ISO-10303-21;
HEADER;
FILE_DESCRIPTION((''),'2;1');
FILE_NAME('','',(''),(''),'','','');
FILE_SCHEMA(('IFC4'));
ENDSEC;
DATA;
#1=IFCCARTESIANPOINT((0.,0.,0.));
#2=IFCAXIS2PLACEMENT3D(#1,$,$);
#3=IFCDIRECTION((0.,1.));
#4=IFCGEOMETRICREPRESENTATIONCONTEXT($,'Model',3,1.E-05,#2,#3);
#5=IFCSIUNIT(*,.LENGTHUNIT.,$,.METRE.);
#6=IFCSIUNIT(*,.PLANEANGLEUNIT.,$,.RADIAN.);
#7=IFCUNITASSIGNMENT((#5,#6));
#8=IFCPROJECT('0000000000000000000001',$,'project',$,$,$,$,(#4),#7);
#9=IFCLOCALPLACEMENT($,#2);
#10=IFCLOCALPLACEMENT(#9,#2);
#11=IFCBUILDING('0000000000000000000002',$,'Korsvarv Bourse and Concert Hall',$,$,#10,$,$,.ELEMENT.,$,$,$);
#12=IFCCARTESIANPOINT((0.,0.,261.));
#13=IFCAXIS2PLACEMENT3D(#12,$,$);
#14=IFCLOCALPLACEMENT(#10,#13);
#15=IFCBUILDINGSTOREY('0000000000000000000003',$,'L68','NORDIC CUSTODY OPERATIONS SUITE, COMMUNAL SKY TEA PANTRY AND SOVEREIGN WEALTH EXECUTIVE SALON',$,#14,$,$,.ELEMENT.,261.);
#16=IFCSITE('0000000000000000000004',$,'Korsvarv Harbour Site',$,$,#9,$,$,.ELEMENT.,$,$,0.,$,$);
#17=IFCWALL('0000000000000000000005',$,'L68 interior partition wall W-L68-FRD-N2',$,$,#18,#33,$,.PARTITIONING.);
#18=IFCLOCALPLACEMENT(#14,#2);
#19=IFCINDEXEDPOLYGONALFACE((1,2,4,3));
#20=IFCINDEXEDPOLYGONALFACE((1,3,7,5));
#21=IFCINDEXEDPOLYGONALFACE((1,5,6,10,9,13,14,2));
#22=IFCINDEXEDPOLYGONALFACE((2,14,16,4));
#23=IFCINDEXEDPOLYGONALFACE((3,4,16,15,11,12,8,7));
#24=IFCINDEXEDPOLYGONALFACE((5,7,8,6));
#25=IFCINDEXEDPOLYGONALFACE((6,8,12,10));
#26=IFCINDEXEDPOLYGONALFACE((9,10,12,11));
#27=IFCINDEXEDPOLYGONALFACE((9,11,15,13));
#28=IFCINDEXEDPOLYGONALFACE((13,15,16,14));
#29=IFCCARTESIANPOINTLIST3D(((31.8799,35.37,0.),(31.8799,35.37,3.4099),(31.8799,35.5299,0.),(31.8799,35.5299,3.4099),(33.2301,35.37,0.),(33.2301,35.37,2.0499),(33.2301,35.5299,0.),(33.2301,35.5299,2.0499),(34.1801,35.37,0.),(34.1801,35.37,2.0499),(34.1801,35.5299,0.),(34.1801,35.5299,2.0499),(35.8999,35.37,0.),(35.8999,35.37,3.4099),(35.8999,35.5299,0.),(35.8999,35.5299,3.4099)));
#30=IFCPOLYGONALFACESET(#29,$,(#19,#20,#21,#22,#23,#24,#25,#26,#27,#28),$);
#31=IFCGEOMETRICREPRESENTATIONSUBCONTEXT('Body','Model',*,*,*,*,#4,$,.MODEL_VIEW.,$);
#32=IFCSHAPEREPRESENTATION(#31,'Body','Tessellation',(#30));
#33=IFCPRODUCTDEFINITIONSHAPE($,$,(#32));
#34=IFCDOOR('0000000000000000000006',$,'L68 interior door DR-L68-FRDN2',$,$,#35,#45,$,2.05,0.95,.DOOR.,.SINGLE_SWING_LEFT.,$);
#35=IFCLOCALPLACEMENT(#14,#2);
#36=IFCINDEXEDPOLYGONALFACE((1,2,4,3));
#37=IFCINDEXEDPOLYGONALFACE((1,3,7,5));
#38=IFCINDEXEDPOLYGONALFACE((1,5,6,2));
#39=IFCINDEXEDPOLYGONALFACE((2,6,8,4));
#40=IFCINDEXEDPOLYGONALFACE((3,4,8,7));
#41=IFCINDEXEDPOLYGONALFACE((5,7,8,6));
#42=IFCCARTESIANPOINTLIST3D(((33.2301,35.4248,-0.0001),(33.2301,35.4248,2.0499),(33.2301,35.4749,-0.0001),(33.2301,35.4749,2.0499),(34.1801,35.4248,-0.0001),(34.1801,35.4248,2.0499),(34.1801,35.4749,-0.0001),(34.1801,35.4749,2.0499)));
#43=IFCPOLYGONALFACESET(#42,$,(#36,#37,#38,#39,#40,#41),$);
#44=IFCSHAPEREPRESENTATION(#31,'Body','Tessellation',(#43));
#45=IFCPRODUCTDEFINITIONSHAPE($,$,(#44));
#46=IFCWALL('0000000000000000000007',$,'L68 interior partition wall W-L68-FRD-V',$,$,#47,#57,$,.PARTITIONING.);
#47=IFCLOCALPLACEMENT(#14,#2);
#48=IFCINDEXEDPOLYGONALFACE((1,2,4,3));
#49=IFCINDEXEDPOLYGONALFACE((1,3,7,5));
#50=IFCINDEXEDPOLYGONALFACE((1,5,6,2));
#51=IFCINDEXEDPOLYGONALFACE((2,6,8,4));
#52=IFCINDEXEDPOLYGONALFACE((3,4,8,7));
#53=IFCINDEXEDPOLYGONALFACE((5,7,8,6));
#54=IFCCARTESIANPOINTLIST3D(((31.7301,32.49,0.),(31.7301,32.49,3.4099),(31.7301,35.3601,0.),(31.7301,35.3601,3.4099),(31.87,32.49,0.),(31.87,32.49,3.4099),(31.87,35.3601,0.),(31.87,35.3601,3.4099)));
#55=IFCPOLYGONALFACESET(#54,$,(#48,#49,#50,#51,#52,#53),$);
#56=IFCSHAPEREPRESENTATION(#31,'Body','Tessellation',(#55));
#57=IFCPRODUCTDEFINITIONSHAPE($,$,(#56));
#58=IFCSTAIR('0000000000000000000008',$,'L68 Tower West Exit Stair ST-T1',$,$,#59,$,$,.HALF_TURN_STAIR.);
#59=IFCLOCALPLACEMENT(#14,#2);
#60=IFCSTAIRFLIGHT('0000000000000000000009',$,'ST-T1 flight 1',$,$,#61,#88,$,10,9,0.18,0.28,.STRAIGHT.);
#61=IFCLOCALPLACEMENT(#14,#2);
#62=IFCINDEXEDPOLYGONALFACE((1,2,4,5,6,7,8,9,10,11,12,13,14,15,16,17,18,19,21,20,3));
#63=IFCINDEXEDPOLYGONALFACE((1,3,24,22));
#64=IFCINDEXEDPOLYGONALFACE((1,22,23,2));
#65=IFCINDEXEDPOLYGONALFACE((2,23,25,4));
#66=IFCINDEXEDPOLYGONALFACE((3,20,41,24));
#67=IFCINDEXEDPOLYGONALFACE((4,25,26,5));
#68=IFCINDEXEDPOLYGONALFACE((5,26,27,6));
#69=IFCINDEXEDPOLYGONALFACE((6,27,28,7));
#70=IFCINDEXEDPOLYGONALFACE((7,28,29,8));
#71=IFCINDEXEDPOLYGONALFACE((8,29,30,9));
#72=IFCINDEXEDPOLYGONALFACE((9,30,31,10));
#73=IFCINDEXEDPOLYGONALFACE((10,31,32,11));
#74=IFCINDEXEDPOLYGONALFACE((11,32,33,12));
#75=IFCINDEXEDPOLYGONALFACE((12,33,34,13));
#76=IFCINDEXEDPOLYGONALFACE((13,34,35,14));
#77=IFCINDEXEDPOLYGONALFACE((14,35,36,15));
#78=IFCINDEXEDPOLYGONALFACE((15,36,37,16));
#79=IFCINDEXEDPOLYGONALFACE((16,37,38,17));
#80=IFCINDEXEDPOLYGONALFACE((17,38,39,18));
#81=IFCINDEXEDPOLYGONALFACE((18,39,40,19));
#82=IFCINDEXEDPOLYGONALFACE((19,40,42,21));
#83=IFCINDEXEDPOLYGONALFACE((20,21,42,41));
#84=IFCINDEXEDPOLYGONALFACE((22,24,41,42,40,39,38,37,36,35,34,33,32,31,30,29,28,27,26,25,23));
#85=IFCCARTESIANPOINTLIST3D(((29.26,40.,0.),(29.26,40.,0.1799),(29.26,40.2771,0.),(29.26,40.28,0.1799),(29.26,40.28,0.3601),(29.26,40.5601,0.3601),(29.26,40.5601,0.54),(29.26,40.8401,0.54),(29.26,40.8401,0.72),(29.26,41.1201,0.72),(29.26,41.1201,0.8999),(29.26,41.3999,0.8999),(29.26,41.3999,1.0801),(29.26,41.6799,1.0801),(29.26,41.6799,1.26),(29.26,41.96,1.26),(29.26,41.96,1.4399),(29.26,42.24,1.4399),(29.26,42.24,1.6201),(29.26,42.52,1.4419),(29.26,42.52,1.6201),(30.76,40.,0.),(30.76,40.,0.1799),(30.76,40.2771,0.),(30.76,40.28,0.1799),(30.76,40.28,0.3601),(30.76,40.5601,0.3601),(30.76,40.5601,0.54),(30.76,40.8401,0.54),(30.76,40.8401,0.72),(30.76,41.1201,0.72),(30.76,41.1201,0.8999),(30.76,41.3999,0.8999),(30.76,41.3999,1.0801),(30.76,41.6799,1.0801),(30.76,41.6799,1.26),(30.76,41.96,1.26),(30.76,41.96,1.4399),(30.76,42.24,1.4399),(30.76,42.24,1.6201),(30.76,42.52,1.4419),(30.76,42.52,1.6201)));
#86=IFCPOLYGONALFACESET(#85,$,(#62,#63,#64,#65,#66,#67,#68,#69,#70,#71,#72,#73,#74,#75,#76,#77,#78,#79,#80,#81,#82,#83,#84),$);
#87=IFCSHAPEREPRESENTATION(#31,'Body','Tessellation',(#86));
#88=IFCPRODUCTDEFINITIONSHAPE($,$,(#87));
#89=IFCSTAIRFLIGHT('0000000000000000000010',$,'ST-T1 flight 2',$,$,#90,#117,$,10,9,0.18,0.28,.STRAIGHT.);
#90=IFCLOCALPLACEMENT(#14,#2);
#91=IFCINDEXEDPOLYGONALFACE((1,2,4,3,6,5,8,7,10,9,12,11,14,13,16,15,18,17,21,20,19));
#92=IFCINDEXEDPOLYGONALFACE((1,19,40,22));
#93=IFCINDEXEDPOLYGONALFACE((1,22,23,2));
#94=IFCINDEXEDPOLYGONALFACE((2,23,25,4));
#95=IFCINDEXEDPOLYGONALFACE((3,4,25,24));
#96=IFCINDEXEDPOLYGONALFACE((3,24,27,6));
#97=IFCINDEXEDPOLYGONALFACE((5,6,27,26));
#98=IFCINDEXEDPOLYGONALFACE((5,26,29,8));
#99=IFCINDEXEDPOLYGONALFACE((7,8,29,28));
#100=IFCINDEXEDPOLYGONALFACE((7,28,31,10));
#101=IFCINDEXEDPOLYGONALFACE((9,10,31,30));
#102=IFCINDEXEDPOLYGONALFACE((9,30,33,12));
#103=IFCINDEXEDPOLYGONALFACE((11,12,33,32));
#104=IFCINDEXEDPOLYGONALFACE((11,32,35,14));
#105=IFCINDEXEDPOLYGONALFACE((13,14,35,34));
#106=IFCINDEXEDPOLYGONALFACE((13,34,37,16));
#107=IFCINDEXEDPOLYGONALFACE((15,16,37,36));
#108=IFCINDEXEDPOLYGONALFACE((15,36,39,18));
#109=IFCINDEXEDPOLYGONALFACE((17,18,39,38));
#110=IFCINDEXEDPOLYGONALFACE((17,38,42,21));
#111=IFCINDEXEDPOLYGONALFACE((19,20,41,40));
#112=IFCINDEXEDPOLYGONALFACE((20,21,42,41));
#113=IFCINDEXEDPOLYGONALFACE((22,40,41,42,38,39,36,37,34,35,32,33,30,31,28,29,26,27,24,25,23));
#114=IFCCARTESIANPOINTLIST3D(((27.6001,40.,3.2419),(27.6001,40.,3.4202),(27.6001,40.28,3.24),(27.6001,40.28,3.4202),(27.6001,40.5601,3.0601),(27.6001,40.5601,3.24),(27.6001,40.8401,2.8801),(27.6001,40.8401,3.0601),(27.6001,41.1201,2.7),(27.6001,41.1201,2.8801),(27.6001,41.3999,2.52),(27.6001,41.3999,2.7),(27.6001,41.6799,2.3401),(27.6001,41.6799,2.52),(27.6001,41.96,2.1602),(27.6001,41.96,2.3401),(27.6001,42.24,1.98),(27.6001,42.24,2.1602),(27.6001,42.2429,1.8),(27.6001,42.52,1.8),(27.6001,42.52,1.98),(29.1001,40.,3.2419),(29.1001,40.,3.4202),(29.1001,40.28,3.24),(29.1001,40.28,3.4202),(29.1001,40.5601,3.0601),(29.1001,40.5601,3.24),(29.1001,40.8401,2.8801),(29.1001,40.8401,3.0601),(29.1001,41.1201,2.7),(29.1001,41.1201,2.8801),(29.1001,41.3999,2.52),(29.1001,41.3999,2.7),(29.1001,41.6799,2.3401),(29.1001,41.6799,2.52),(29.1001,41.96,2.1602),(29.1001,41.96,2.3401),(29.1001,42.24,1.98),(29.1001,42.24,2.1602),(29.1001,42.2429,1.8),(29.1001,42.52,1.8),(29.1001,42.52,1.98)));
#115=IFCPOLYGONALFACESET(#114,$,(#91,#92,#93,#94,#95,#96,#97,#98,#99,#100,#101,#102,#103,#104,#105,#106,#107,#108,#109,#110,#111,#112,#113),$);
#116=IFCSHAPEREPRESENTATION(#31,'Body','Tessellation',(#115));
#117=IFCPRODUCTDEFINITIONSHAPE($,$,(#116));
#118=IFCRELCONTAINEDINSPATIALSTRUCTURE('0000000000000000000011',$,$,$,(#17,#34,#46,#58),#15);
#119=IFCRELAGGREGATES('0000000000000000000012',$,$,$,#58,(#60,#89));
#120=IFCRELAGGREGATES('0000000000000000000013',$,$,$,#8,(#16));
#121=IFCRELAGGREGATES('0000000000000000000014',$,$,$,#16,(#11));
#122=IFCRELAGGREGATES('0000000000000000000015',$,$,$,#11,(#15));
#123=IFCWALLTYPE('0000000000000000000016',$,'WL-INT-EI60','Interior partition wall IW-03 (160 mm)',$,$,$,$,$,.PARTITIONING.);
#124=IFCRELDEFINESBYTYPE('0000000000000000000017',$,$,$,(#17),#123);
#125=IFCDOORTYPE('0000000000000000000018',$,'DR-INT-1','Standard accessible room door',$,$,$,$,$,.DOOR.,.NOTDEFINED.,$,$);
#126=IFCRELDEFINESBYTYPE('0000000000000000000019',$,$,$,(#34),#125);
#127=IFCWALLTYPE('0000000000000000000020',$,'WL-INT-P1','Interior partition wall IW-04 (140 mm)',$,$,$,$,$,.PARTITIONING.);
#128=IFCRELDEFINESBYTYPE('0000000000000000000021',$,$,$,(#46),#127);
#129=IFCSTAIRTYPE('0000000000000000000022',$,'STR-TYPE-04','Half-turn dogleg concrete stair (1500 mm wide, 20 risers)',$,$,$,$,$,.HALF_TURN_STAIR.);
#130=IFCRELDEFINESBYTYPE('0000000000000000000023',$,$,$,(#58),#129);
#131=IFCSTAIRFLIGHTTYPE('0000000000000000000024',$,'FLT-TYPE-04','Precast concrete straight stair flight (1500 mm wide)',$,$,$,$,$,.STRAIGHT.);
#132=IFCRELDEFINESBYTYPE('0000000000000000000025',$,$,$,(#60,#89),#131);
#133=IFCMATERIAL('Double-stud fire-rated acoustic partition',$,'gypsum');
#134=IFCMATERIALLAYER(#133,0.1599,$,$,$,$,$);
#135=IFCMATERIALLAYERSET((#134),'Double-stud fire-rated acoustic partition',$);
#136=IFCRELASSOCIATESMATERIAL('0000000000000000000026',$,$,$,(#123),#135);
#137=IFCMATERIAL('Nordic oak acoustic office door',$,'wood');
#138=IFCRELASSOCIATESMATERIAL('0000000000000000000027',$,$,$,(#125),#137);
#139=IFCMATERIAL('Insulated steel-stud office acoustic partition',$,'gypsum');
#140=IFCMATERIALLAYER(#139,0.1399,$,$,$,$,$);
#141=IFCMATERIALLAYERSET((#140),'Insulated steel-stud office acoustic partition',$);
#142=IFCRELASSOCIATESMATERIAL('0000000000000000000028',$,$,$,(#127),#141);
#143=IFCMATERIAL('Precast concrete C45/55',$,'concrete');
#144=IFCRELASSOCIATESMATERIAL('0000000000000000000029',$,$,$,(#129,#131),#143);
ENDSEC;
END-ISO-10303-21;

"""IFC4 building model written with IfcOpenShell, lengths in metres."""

from ifc_helpers import new_model, si_unit, direction, frame, frame_2d, origin, place, context, subcontext, project, spatial, polyline, rectangle, outline, extrude, material, layer, layer_set, type_object, element, fill, aggregate, save


model = new_model("IFC4")

# Units and contexts
model_context = context("Model", 3, precision=1e-05, world=origin(), true_north=direction((0.0, 1.0)))
body_context = subcontext(model_context, "Body", "Model", "MODEL_VIEW")
ifc_project = project(units=[si_unit("LENGTHUNIT", "METRE"), si_unit("PLANEANGLEUNIT", "RADIAN")], contexts=[model_context])

# Site, building, storey
site_placement = place(None, origin())
site = spatial("IfcSite", under=ifc_project, at=site_placement, Name="Korsvarv Harbour Site", CompositionType="ELEMENT", RefElevation=0.0)
building_placement = place(site_placement, origin())
building = spatial("IfcBuilding", under=site, at=building_placement, Name="Korsvarv Bourse and Concert Hall", CompositionType="ELEMENT")
storey_placement = place(building_placement, frame((0.0, 0.0, 261.0)))
storey = spatial("IfcBuildingStorey", under=building, at=storey_placement, Name="L68", Description="NORDIC CUSTODY OPERATIONS SUITE, COMMUNAL SKY TEA PANTRY AND SOVEREIGN WEALTH EXECUTIVE SALON", CompositionType="ELEMENT", Elevation=261.0)

# Shared definitions
ifc_material_1 = material(Name="Double-stud fire-rated acoustic partition", Category="gypsum")
ifc_layer_1 = layer(ifc_material_1, 0.1599)
ifc_layer_set_1 = layer_set([ifc_layer_1], Name="Double-stud fire-rated acoustic partition")
wall_type_1 = type_object("IfcWallType", Name="WL-INT-EI60", Description="Interior partition wall IW-03 (160 mm)", PredefinedType="PARTITIONING", material=ifc_layer_set_1)

# Wall, opening, door
wall_1_placement = place(storey_placement, frame((31.8799, 35.45, 0.0), z_axis=(0.0, 0.0, 1.0), x_axis=(1.0, 0.0, 0.0)))
wall_1 = element("IfcWall", 1, at=wall_1_placement, inside=storey, type_object=wall_type_1, Name="L68 interior partition wall W-L68-FRD-N2", PredefinedType="PARTITIONING", context=body_context, shape_type="SweptSolid", body=[
    extrude(rectangle(XDim=4.02, YDim=0.1599, at=frame_2d((2.01, 0.0))), origin(), (0.0, 0.0, 1.0), 3.4099),
])
opening_1_placement = place(wall_1_placement, frame((1.3501, 0.0, 0.0)))
opening_1 = element("IfcOpeningElement", 2, at=opening_1_placement, cuts=wall_1, PredefinedType="OPENING", context=body_context, shape_type="SweptSolid", body=[
    extrude(rectangle(XDim=0.95, YDim=2.05, at=frame_2d((0.4751, 1.0249))), frame((0.0, 0.0898, 0.0), z_axis=(0.0, -1.0, 0.0), x_axis=(1.0, 0.0, 0.0)), (0.0, 0.0, 1.0), 0.1799),
])
ifc_material_2 = material(Name="Nordic oak acoustic office door", Category="wood")
door_type_1 = type_object("IfcDoorType", Name="DR-INT-1", Description="Standard accessible room door", OperationType="NOTDEFINED", PredefinedType="DOOR", material=ifc_material_2)
door_1_placement = place(opening_1_placement, origin())
door_1 = element("IfcDoor", 3, at=door_1_placement, inside=storey, type_object=door_type_1, Name="L68 interior door DR-L68-FRDN2", OperationType="SINGLE_SWING_LEFT", OverallHeight=2.05, OverallWidth=0.95, PredefinedType="DOOR", context=body_context, shape_type="SweptSolid", body=[
    extrude(rectangle(XDim=0.95, YDim=2.05, at=frame_2d((0.4751, 1.0249))), frame((0.0, 0.0249, 0.0), z_axis=(0.0, -1.0, 0.0), x_axis=(1.0, 0.0, 0.0)), (0.0, 0.0, 1.0), 0.05),
])
fill(opening_1, door_1)

# Wall
ifc_material_3 = material(Name="Insulated steel-stud office acoustic partition", Category="gypsum")
ifc_layer_2 = layer(ifc_material_3, 0.1399)
ifc_layer_set_2 = layer_set([ifc_layer_2], Name="Insulated steel-stud office acoustic partition")
wall_type_2 = type_object("IfcWallType", Name="WL-INT-P1", Description="Interior partition wall IW-04 (140 mm)", PredefinedType="PARTITIONING", material=ifc_layer_set_2)
wall_2_placement = place(storey_placement, frame((31.8, 32.49, 0.0), z_axis=(0.0, 0.0, 1.0), x_axis=(0.0, 1.0, 0.0)))
element("IfcWall", 4, at=wall_2_placement, inside=storey, type_object=wall_type_2, Name="L68 interior partition wall W-L68-FRD-V", PredefinedType="PARTITIONING", context=body_context, shape_type="SweptSolid", body=[
    extrude(rectangle(XDim=2.8701, YDim=0.1399, at=frame_2d((1.4351, 0.0))), origin(), (0.0, 0.0, 1.0), 3.4099),
])

# Stair, stair flights
ifc_material_4 = material(Name="Precast concrete C45/55", Category="concrete")
stair_type = type_object("IfcStairType", Name="STR-TYPE-04", Description="Half-turn dogleg concrete stair (1500 mm wide, 20 risers)", PredefinedType="HALF_TURN_STAIR", material=ifc_material_4)
stair_placement = place(storey_placement, origin())
stair = element("IfcStair", 5, at=stair_placement, inside=storey, type_object=stair_type, Name="L68 Tower West Exit Stair ST-T1", PredefinedType="HALF_TURN_STAIR")
stair_flight_type = type_object("IfcStairFlightType", Name="FLT-TYPE-04", Description="Precast concrete straight stair flight (1500 mm wide)", PredefinedType="STRAIGHT", material=ifc_material_4)
stair_flight_1_placement = place(storey_placement, frame((30.01, 40.0, 0.0), z_axis=(0.0, 0.0, 1.0), x_axis=(0.0, 1.0, 0.0)))
stair_flight_1 = element("IfcStairFlight", 6, at=stair_flight_1_placement, type_object=stair_flight_type, Name="ST-T1 flight 1", NumberOfRisers=10, NumberOfTreads=9, PredefinedType="STRAIGHT", RiserHeight=0.18, TreadLength=0.28, context=body_context, shape_type="SweptSolid", body=[
    extrude(outline(polyline([(0.0, 0.0), (0.0, 0.1799), (0.28, 0.1799), (0.28, 0.3601), (0.5601, 0.3601), (0.5601, 0.54), (0.8401, 0.54), (0.8401, 0.72), (1.1201, 0.72), (1.1201, 0.8999), (1.3999, 0.8999), (1.3999, 1.0801), (1.6799, 1.0801), (1.6799, 1.26), (1.96, 1.26), (1.96, 1.4399), (2.24, 1.4399), (2.24, 1.6201), (2.52, 1.6201), (2.52, 1.8), (2.52, 1.4419), (0.2771, 0.0), (0.0, 0.0)])), frame((0.0, 0.75, 0.0), z_axis=(0.0, -1.0, 0.0), x_axis=(1.0, 0.0, 0.0)), (0.0, 0.0, 1.0), 1.5),
])
stair_flight_2_placement = place(storey_placement, frame((28.3501, 42.52, 1.8), z_axis=(0.0, 0.0, 1.0), x_axis=(0.0, -1.0, 0.0)))
stair_flight_2 = element("IfcStairFlight", 7, at=stair_flight_2_placement, type_object=stair_flight_type, Name="ST-T1 flight 2", NumberOfRisers=10, NumberOfTreads=9, PredefinedType="STRAIGHT", RiserHeight=0.18, TreadLength=0.28, context=body_context, shape_type="SweptSolid", body=[
    extrude(outline(polyline([(0.0, 0.0), (0.0, 0.1799), (0.28, 0.1799), (0.28, 0.3601), (0.5601, 0.3601), (0.5601, 0.54), (0.8401, 0.54), (0.8401, 0.72), (1.1201, 0.72), (1.1201, 0.8999), (1.3999, 0.8999), (1.3999, 1.0801), (1.6799, 1.0801), (1.6799, 1.26), (1.96, 1.26), (1.96, 1.4399), (2.24, 1.4399), (2.24, 1.6201), (2.52, 1.6201), (2.52, 1.8), (2.52, 1.4419), (0.2771, 0.0), (0.0, 0.0)])), frame((0.0, 0.75, 0.0), z_axis=(0.0, -1.0, 0.0), x_axis=(1.0, 0.0, 0.0)), (0.0, 0.0, 1.0), 1.5),
])
aggregate(stair, [stair_flight_1, stair_flight_2])

save(model, "model.ifc")
